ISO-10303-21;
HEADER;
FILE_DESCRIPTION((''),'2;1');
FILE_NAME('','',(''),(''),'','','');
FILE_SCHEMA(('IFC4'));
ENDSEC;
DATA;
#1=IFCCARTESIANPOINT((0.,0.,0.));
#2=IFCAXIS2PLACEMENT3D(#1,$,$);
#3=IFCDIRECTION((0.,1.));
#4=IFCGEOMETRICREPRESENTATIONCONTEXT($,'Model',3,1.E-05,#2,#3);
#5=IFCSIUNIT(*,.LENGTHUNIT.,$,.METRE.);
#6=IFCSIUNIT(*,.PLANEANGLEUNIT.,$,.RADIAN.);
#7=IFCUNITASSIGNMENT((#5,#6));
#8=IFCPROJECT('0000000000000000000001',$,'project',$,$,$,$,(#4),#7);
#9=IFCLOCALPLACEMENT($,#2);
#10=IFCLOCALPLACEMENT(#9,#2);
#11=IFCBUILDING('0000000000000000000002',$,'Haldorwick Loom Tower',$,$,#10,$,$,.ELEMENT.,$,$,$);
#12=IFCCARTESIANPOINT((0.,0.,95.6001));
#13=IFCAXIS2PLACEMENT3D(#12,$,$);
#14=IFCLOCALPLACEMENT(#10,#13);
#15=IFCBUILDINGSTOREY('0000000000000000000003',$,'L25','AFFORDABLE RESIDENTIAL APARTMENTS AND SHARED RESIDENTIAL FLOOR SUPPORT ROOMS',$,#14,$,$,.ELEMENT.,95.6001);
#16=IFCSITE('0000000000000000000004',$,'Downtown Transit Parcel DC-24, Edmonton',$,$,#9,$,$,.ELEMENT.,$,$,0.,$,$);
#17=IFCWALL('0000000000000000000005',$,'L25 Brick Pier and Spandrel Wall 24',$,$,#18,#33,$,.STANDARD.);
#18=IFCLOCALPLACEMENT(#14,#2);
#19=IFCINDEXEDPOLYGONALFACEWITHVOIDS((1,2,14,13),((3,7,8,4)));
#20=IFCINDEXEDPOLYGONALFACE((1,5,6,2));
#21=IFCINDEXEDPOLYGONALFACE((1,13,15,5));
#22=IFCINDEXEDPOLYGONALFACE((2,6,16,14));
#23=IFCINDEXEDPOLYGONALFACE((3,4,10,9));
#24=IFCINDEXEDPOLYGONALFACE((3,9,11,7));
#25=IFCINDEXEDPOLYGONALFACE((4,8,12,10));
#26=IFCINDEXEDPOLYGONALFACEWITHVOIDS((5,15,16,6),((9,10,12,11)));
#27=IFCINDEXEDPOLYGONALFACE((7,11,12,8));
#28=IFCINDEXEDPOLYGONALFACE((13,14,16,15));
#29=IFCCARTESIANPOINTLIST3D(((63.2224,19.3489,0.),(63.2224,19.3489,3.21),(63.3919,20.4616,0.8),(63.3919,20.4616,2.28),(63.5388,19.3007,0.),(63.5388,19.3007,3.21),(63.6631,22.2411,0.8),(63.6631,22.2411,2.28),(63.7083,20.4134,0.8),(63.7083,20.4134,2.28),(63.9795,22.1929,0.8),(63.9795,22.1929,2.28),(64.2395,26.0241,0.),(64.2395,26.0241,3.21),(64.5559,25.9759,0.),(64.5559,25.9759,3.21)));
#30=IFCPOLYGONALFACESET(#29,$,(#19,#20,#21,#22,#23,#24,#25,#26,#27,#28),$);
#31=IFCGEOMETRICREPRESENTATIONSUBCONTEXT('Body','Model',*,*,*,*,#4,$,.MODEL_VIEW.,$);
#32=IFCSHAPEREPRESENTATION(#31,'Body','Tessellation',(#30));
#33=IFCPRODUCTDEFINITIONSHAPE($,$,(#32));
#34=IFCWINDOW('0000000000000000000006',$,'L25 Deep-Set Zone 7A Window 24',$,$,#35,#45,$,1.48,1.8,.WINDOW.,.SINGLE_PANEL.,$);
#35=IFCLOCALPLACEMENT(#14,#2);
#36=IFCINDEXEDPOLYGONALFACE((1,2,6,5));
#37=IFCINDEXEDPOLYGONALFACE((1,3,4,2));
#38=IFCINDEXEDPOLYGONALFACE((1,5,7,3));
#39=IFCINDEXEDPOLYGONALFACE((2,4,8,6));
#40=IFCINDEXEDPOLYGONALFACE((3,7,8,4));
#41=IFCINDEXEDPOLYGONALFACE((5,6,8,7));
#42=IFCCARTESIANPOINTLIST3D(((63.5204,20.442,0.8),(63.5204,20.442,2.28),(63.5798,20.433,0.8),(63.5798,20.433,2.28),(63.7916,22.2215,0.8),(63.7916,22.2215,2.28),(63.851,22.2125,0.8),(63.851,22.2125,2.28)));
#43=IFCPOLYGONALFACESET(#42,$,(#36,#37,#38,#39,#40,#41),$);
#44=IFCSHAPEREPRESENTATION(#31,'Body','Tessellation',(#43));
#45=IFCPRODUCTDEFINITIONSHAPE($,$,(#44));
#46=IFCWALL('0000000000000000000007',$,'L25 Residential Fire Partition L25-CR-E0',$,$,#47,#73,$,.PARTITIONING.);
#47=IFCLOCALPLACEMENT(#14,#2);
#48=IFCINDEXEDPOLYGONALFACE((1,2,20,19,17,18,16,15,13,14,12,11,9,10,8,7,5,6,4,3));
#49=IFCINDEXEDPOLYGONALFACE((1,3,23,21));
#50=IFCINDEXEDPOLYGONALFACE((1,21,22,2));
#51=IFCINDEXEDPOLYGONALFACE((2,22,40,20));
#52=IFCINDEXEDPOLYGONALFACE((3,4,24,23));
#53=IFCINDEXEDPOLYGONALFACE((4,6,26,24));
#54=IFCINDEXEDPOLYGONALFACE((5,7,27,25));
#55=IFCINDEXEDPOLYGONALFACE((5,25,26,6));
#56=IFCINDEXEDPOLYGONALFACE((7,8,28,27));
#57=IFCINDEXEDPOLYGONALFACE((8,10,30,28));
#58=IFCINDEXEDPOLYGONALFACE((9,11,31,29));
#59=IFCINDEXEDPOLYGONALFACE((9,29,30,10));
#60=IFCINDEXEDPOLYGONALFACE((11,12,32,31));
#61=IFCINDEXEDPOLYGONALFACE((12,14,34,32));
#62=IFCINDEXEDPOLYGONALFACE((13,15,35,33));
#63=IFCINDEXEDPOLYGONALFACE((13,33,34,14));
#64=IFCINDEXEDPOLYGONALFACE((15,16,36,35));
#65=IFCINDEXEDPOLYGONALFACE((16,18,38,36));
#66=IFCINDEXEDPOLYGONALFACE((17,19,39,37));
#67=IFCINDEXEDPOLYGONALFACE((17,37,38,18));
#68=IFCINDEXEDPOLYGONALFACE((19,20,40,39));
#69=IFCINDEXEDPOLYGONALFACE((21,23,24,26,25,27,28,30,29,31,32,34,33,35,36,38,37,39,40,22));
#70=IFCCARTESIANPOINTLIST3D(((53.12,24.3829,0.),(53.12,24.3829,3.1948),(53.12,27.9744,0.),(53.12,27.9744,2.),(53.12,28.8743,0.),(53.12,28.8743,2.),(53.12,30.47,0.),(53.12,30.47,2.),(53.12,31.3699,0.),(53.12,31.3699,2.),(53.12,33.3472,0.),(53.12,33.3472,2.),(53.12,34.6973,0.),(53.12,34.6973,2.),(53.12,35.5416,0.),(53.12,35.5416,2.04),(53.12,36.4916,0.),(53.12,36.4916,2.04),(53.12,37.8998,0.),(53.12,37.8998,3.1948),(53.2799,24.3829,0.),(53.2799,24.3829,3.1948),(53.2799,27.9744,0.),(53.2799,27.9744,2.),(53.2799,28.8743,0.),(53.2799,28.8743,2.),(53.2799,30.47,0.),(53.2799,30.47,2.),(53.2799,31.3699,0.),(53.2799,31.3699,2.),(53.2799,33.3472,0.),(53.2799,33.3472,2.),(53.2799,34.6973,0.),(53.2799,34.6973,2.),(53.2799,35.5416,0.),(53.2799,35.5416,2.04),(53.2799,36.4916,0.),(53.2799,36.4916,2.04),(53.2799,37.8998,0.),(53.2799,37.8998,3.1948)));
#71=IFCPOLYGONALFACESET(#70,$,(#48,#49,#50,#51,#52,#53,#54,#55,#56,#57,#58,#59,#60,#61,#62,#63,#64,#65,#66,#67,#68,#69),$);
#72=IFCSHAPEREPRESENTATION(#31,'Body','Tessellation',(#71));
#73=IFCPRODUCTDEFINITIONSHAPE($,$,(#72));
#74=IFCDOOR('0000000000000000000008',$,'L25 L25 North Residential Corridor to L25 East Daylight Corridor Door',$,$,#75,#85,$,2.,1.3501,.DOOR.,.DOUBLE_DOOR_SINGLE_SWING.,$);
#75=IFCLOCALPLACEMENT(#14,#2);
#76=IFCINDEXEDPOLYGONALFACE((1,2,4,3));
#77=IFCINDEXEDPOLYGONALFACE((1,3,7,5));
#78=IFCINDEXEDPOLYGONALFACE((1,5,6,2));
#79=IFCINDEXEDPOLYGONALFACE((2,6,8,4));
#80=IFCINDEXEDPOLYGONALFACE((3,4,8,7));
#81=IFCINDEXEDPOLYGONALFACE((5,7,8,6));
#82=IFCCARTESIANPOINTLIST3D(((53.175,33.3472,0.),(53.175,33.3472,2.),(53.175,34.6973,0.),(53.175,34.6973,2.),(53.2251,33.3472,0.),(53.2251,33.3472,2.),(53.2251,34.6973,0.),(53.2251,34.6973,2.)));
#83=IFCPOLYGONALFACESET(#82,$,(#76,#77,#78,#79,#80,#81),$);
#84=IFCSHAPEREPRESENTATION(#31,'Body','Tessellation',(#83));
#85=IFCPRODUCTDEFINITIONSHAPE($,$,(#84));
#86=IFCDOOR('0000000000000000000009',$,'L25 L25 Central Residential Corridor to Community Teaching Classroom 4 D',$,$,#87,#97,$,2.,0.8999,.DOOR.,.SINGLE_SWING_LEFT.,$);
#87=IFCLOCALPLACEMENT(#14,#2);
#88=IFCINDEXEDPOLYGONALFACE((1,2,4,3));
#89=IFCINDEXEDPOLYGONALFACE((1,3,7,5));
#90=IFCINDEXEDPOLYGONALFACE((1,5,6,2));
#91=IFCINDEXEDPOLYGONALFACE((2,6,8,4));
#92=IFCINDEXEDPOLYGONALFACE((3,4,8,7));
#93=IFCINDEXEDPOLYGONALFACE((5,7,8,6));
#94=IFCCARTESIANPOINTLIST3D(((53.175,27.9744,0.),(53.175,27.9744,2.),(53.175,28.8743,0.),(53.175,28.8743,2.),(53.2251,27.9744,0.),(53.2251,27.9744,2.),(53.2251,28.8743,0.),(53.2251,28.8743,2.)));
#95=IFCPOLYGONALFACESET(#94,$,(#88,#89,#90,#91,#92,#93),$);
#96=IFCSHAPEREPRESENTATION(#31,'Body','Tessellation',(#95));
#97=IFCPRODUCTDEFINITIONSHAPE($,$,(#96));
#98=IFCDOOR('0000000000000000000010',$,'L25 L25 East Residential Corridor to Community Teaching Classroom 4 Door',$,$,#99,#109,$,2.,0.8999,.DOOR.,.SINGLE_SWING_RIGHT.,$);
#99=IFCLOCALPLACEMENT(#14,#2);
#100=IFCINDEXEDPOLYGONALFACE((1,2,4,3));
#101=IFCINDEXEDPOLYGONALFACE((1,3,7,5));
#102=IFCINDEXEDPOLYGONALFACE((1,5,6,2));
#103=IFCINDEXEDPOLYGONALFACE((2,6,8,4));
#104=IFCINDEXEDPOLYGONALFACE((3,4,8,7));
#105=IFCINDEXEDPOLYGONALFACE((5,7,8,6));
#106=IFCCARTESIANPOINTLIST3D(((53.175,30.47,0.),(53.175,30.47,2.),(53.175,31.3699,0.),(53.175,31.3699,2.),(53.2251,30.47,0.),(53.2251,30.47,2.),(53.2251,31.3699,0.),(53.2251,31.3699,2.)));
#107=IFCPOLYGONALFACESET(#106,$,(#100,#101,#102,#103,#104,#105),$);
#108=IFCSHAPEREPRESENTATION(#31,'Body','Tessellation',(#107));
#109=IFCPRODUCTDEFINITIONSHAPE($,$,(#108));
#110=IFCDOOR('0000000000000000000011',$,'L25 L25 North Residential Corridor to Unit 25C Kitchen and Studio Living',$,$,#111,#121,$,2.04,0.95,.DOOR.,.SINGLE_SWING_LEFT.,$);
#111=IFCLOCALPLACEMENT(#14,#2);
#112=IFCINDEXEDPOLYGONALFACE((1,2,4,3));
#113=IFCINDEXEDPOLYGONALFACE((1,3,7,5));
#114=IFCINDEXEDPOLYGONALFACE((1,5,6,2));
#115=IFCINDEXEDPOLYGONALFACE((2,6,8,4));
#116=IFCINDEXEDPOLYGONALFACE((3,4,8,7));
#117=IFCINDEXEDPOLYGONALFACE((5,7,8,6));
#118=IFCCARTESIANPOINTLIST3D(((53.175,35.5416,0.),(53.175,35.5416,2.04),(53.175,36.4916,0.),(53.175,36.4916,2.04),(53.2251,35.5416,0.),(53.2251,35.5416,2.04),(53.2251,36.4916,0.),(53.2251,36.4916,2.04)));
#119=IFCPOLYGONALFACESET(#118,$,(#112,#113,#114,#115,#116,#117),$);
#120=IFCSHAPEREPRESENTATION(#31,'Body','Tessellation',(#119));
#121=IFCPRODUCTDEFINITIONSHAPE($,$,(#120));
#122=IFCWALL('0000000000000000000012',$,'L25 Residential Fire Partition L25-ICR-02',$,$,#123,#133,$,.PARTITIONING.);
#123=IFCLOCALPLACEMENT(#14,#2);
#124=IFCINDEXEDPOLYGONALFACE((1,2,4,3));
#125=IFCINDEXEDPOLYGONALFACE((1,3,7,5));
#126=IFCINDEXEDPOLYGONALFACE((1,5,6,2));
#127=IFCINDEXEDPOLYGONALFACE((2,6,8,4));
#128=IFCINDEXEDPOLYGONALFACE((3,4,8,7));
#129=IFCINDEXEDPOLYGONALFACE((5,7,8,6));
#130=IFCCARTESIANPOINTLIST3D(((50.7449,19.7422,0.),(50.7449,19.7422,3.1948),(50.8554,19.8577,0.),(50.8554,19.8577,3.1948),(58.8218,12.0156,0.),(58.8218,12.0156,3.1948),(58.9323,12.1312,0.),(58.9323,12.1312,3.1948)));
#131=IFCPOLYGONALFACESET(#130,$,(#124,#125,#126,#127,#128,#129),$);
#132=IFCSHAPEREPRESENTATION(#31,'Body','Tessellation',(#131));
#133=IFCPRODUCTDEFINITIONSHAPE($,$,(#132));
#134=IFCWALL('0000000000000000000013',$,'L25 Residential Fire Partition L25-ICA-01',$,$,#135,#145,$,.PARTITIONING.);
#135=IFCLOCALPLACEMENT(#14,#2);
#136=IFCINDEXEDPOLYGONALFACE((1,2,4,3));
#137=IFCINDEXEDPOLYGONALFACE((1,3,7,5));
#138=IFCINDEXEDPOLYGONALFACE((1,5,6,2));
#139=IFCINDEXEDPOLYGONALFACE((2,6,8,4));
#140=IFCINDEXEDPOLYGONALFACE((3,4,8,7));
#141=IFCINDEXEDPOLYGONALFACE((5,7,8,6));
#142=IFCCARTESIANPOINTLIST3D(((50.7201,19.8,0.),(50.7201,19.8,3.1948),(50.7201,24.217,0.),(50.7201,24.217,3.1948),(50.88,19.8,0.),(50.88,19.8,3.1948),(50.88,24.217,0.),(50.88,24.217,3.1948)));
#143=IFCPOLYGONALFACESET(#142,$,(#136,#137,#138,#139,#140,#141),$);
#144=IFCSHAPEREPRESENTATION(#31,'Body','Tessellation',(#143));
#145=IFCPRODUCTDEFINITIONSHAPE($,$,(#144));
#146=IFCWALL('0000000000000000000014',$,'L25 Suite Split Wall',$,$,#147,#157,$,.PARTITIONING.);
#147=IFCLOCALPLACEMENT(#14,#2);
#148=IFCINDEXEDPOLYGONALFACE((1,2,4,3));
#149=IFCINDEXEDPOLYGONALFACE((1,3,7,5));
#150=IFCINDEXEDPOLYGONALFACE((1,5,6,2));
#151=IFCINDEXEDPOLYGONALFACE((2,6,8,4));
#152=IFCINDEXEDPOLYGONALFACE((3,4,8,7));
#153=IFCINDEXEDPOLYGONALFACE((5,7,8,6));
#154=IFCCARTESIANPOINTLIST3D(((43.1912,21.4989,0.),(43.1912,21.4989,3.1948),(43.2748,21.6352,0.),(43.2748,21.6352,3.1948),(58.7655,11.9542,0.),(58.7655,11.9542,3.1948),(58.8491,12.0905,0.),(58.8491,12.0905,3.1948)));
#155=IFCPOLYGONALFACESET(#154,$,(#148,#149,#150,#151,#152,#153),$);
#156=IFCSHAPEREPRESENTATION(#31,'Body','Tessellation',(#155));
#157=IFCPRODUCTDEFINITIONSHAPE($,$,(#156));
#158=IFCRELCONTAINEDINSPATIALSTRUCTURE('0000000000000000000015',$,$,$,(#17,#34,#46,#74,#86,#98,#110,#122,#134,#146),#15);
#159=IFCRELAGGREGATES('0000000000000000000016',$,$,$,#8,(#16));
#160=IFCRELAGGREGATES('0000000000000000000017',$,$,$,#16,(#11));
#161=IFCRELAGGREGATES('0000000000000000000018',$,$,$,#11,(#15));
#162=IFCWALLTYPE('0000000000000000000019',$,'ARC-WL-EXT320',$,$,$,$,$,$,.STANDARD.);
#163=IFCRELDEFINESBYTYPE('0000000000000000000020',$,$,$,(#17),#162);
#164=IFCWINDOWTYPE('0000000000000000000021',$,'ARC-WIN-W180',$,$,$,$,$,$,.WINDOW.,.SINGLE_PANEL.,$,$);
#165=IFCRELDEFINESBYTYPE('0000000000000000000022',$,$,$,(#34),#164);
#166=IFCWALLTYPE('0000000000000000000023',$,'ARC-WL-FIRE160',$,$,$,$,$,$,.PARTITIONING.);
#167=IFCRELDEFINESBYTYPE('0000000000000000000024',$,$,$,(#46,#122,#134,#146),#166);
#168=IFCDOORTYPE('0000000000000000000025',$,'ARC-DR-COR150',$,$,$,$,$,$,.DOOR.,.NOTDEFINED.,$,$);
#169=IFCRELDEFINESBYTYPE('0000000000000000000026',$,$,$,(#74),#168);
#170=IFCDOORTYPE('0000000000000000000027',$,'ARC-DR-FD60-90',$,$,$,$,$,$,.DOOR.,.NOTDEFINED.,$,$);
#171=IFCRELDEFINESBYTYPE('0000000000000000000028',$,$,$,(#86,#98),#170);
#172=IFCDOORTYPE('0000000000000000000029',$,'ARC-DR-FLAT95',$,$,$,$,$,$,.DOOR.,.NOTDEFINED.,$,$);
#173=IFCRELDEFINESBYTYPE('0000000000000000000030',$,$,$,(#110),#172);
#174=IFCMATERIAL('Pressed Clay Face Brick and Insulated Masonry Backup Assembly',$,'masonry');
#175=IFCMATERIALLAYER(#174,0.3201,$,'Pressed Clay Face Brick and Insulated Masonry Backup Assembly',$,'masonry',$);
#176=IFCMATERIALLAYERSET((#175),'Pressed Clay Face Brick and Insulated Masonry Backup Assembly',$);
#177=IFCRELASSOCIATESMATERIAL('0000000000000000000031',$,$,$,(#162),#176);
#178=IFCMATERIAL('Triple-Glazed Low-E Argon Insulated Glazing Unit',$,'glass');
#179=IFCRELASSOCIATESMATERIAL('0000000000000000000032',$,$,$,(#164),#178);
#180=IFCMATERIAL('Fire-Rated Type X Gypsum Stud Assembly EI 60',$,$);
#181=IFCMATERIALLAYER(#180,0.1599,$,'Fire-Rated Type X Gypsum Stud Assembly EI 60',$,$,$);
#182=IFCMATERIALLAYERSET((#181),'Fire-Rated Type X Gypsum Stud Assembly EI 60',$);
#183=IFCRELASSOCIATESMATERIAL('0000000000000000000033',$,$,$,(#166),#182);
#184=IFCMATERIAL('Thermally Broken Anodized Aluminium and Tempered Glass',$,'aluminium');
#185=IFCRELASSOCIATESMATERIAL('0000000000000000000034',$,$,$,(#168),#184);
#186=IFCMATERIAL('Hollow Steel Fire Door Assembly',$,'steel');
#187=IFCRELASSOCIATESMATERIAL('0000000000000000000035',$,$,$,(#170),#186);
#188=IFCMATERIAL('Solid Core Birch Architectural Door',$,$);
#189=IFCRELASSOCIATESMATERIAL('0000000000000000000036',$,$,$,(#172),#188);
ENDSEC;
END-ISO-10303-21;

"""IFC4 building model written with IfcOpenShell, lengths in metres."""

from ifc_helpers import new_model, si_unit, direction, frame, frame_2d, origin, place, context, subcontext, project, spatial, rectangle, extrude, material, layer, layer_set, type_object, element, fill, save


model = new_model("IFC4")

# Units and contexts
model_context = context("Model", 3, precision=1e-05, world=origin(), true_north=direction((0.0, 1.0)))
body_context = subcontext(model_context, "Body", "Model", "MODEL_VIEW")
ifc_project = project(units=[si_unit("LENGTHUNIT", "METRE"), si_unit("PLANEANGLEUNIT", "RADIAN")], contexts=[model_context])

# Site, building, storey
site_placement = place(None, origin())
site = spatial("IfcSite", under=ifc_project, at=site_placement, Name="Downtown Transit Parcel DC-24, Edmonton", CompositionType="ELEMENT", RefElevation=0.0)
building_placement = place(site_placement, origin())
building = spatial("IfcBuilding", under=site, at=building_placement, Name="Haldorwick Loom Tower", CompositionType="ELEMENT")
storey_placement = place(building_placement, frame((0.0, 0.0, 95.6001)))
storey = spatial("IfcBuildingStorey", under=building, at=storey_placement, Name="L25", Description="AFFORDABLE RESIDENTIAL APARTMENTS AND SHARED RESIDENTIAL FLOOR SUPPORT ROOMS", CompositionType="ELEMENT", Elevation=95.6001)

# Shared definitions
ifc_material_1 = material(Name="Pressed Clay Face Brick and Insulated Masonry Backup Assembly", Category="masonry")
ifc_layer_1 = layer(ifc_material_1, 0.3201, Name="Pressed Clay Face Brick and Insulated Masonry Backup Assembly", Category="masonry")
ifc_layer_set_1 = layer_set([ifc_layer_1], Name="Pressed Clay Face Brick and Insulated Masonry Backup Assembly")
wall_type_1 = type_object("IfcWallType", Name="ARC-WL-EXT320", PredefinedType="STANDARD", material=ifc_layer_set_1)
ifc_material_2 = material(Name="Triple-Glazed Low-E Argon Insulated Glazing Unit", Category="glass")
window_type = type_object("IfcWindowType", Name="ARC-WIN-W180", PartitioningType="SINGLE_PANEL", PredefinedType="WINDOW", material=ifc_material_2)

# Wall, opening, window
wall_1_placement = place(storey_placement, frame((63.3806, 19.325, 0.0), z_axis=(0.0, 0.0, 1.0), x_axis=(0.150633, 0.98859, 0.0)))
wall_1 = element("IfcWall", 1, at=wall_1_placement, inside=storey, type_object=wall_type_1, Name="L25 Brick Pier and Spandrel Wall 24", PredefinedType="STANDARD", context=body_context, shape_type="SweptSolid", body=[
    extrude(rectangle(XDim=6.7522, YDim=0.3201, at=frame_2d((3.376, 0.0))), origin(), (0.0, 0.0, 1.0), 3.21),
])
opening_1_placement = place(wall_1_placement, frame((1.1255, 0.0, 0.8)))
opening_1 = element("IfcOpeningElement", 2, at=opening_1_placement, cuts=wall_1, PredefinedType="OPENING", context=body_context, shape_type="SweptSolid", body=[
    extrude(rectangle(XDim=1.8, YDim=1.48, at=frame_2d((0.8999, 0.74))), frame((0.0, 0.1699, 0.0), z_axis=(0.0, -1.0, 0.0), x_axis=(1.0, 0.0, 0.0)), (0.0, 0.0, 1.0), 0.3401),
])
window_1_placement = place(opening_1_placement, origin())
window_1 = element("IfcWindow", 3, at=window_1_placement, inside=storey, type_object=window_type, Name="L25 Deep-Set Zone 7A Window 24", OverallHeight=1.48, OverallWidth=1.8, PartitioningType="SINGLE_PANEL", PredefinedType="WINDOW", context=body_context, shape_type="SweptSolid", body=[
    extrude(rectangle(XDim=1.8, YDim=1.48, at=frame_2d((0.8999, 0.74))), frame((0.0, 0.03, 0.0), z_axis=(0.0, -1.0, 0.0), x_axis=(1.0, 0.0, 0.0)), (0.0, 0.0, 1.0), 0.0601),
])
fill(opening_1, window_1)

# Wall, openings, doors
ifc_material_3 = material(Name="Fire-Rated Type X Gypsum Stud Assembly EI 60")
ifc_layer_2 = layer(ifc_material_3, 0.1599, Name="Fire-Rated Type X Gypsum Stud Assembly EI 60")
ifc_layer_set_2 = layer_set([ifc_layer_2], Name="Fire-Rated Type X Gypsum Stud Assembly EI 60")
wall_type_2 = type_object("IfcWallType", Name="ARC-WL-FIRE160", PredefinedType="PARTITIONING", material=ifc_layer_set_2)
wall_2_placement = place(storey_placement, frame((53.2, 24.3831, 0.0), z_axis=(0.0, 0.0, 1.0), x_axis=(0.0, 1.0, 0.0)))
wall_2 = element("IfcWall", 4, at=wall_2_placement, inside=storey, type_object=wall_type_2, Name="L25 Residential Fire Partition L25-CR-E0", PredefinedType="PARTITIONING", context=body_context, shape_type="SweptSolid", body=[
    extrude(rectangle(XDim=13.5168, YDim=0.1599, at=frame_2d((6.7583, 0.0))), origin(), (0.0, 0.0, 1.0), 3.1948),
])
opening_2_placement = place(wall_2_placement, frame((8.9641, 0.0, 0.0)))
opening_2 = element("IfcOpeningElement", 5, at=opening_2_placement, cuts=wall_2, PredefinedType="OPENING", context=body_context, shape_type="SweptSolid", body=[
    extrude(rectangle(XDim=1.3501, YDim=2.0, at=frame_2d((0.675, 1.0))), frame((0.0, 0.0898, 0.0), z_axis=(0.0, -1.0, 0.0), x_axis=(1.0, 0.0, 0.0)), (0.0, 0.0, 1.0), 0.1799),
])
opening_3_placement = place(wall_2_placement, frame((3.5913, 0.0, 0.0)))
opening_3 = element("IfcOpeningElement", 6, at=opening_3_placement, cuts=wall_2, PredefinedType="OPENING", context=body_context, shape_type="SweptSolid", body=[
    extrude(rectangle(XDim=0.8999, YDim=2.0, at=frame_2d((0.45, 1.0))), frame((0.0, 0.0898, 0.0), z_axis=(0.0, -1.0, 0.0), x_axis=(1.0, 0.0, 0.0)), (0.0, 0.0, 1.0), 0.1799),
])
opening_4_placement = place(wall_2_placement, frame((6.0869, 0.0, 0.0)))
opening_4 = element("IfcOpeningElement", 7, at=opening_4_placement, cuts=wall_2, PredefinedType="OPENING", context=body_context, shape_type="SweptSolid", body=[
    extrude(rectangle(XDim=0.8999, YDim=2.0, at=frame_2d((0.45, 1.0))), frame((0.0, 0.0898, 0.0), z_axis=(0.0, -1.0, 0.0), x_axis=(1.0, 0.0, 0.0)), (0.0, 0.0, 1.0), 0.1799),
])
opening_5_placement = place(wall_2_placement, frame((11.1584, 0.0, 0.0)))
opening_5 = element("IfcOpeningElement", 8, at=opening_5_placement, cuts=wall_2, PredefinedType="OPENING", context=body_context, shape_type="SweptSolid", body=[
    extrude(rectangle(XDim=0.95, YDim=2.04, at=frame_2d((0.4751, 1.02))), frame((0.0, 0.0898, 0.0), z_axis=(0.0, -1.0, 0.0), x_axis=(1.0, 0.0, 0.0)), (0.0, 0.0, 1.0), 0.1799),
])
ifc_material_4 = material(Name="Thermally Broken Anodized Aluminium and Tempered Glass", Category="aluminium")
door_type_1 = type_object("IfcDoorType", Name="ARC-DR-COR150", OperationType="NOTDEFINED", PredefinedType="DOOR", material=ifc_material_4)
door_1_placement = place(opening_2_placement, origin())
door_1 = element("IfcDoor", 9, at=door_1_placement, inside=storey, type_object=door_type_1, Name="L25 L25 North Residential Corridor to L25 East Daylight Corridor Door", OperationType="DOUBLE_DOOR_SINGLE_SWING", OverallHeight=2.0, OverallWidth=1.3501, PredefinedType="DOOR", context=body_context, shape_type="SweptSolid", body=[
    extrude(rectangle(XDim=1.3501, YDim=2.0, at=frame_2d((0.675, 1.0))), frame((0.0, 0.0249, 0.0), z_axis=(0.0, -1.0, 0.0), x_axis=(1.0, 0.0, 0.0)), (0.0, 0.0, 1.0), 0.05),
])
fill(opening_2, door_1)
ifc_material_5 = material(Name="Hollow Steel Fire Door Assembly", Category="steel")
door_type_2 = type_object("IfcDoorType", Name="ARC-DR-FD60-90", OperationType="NOTDEFINED", PredefinedType="DOOR", material=ifc_material_5)
door_2_placement = place(opening_3_placement, origin())
door_2 = element("IfcDoor", 10, at=door_2_placement, inside=storey, type_object=door_type_2, Name="L25 L25 Central Residential Corridor to Community Teaching Classroom 4 D", OperationType="SINGLE_SWING_LEFT", OverallHeight=2.0, OverallWidth=0.8999, PredefinedType="DOOR", context=body_context, shape_type="SweptSolid", body=[
    extrude(rectangle(XDim=0.8999, YDim=2.0, at=frame_2d((0.45, 1.0))), frame((0.0, 0.0249, 0.0), z_axis=(0.0, -1.0, 0.0), x_axis=(1.0, 0.0, 0.0)), (0.0, 0.0, 1.0), 0.05),
])
fill(opening_3, door_2)
door_3_placement = place(opening_4_placement, origin())
door_3 = element("IfcDoor", 11, at=door_3_placement, inside=storey, type_object=door_type_2, Name="L25 L25 East Residential Corridor to Community Teaching Classroom 4 Door", OperationType="SINGLE_SWING_RIGHT", OverallHeight=2.0, OverallWidth=0.8999, PredefinedType="DOOR", context=body_context, shape_type="SweptSolid", body=[
    extrude(rectangle(XDim=0.8999, YDim=2.0, at=frame_2d((0.45, 1.0))), frame((0.0, 0.0249, 0.0), z_axis=(0.0, -1.0, 0.0), x_axis=(1.0, 0.0, 0.0)), (0.0, 0.0, 1.0), 0.05),
])
fill(opening_4, door_3)
ifc_material_6 = material(Name="Solid Core Birch Architectural Door")
door_type_3 = type_object("IfcDoorType", Name="ARC-DR-FLAT95", OperationType="NOTDEFINED", PredefinedType="DOOR", material=ifc_material_6)
door_4_placement = place(opening_5_placement, origin())
door_4 = element("IfcDoor", 12, at=door_4_placement, inside=storey, type_object=door_type_3, Name="L25 L25 North Residential Corridor to Unit 25C Kitchen and Studio Living", OperationType="SINGLE_SWING_LEFT", OverallHeight=2.04, OverallWidth=0.95, PredefinedType="DOOR", context=body_context, shape_type="SweptSolid", body=[
    extrude(rectangle(XDim=0.95, YDim=2.04, at=frame_2d((0.4751, 1.02))), frame((0.0, 0.0249, 0.0), z_axis=(0.0, -1.0, 0.0), x_axis=(1.0, 0.0, 0.0)), (0.0, 0.0, 1.0), 0.05),
])
fill(opening_5, door_4)

# Walls
wall_3_placement = place(storey_placement, frame((50.8, 19.8, 0.0), z_axis=(0.0, 0.0, 1.0), x_axis=(0.722605, -0.691261, 0.0)))
element("IfcWall", 13, at=wall_3_placement, inside=storey, type_object=wall_type_2, Name="L25 Residential Fire Partition L25-ICR-02", PredefinedType="PARTITIONING", context=body_context, shape_type="SweptSolid", body=[
    extrude(rectangle(XDim=11.1775, YDim=0.1599, at=frame_2d((5.5889, 0.0))), origin(), (0.0, 0.0, 1.0), 3.1948),
])
wall_4_placement = place(storey_placement, frame((50.8, 24.217, 0.0), z_axis=(0.0, 0.0, 1.0), x_axis=(0.0, -1.0, 0.0)))
element("IfcWall", 14, at=wall_4_placement, inside=storey, type_object=wall_type_2, Name="L25 Residential Fire Partition L25-ICA-01", PredefinedType="PARTITIONING", context=body_context, shape_type="SweptSolid", body=[
    extrude(rectangle(XDim=4.417, YDim=0.1599, at=frame_2d((2.2085, 0.0))), origin(), (0.0, 0.0, 1.0), 3.1948),
])
wall_5_placement = place(storey_placement, frame((43.2329, 21.5671, 0.0), z_axis=(0.0, 0.0, 1.0), x_axis=(0.852621, -0.52253, 0.0)))
element("IfcWall", 15, at=wall_5_placement, inside=storey, type_object=wall_type_2, Name="L25 Suite Split Wall", PredefinedType="PARTITIONING", context=body_context, shape_type="SweptSolid", body=[
    extrude(rectangle(XDim=18.2664, YDim=0.1599, at=frame_2d((9.1333, 0.0))), origin(), (0.0, 0.0, 1.0), 3.1948),
])

save(model, "model.ifc")
